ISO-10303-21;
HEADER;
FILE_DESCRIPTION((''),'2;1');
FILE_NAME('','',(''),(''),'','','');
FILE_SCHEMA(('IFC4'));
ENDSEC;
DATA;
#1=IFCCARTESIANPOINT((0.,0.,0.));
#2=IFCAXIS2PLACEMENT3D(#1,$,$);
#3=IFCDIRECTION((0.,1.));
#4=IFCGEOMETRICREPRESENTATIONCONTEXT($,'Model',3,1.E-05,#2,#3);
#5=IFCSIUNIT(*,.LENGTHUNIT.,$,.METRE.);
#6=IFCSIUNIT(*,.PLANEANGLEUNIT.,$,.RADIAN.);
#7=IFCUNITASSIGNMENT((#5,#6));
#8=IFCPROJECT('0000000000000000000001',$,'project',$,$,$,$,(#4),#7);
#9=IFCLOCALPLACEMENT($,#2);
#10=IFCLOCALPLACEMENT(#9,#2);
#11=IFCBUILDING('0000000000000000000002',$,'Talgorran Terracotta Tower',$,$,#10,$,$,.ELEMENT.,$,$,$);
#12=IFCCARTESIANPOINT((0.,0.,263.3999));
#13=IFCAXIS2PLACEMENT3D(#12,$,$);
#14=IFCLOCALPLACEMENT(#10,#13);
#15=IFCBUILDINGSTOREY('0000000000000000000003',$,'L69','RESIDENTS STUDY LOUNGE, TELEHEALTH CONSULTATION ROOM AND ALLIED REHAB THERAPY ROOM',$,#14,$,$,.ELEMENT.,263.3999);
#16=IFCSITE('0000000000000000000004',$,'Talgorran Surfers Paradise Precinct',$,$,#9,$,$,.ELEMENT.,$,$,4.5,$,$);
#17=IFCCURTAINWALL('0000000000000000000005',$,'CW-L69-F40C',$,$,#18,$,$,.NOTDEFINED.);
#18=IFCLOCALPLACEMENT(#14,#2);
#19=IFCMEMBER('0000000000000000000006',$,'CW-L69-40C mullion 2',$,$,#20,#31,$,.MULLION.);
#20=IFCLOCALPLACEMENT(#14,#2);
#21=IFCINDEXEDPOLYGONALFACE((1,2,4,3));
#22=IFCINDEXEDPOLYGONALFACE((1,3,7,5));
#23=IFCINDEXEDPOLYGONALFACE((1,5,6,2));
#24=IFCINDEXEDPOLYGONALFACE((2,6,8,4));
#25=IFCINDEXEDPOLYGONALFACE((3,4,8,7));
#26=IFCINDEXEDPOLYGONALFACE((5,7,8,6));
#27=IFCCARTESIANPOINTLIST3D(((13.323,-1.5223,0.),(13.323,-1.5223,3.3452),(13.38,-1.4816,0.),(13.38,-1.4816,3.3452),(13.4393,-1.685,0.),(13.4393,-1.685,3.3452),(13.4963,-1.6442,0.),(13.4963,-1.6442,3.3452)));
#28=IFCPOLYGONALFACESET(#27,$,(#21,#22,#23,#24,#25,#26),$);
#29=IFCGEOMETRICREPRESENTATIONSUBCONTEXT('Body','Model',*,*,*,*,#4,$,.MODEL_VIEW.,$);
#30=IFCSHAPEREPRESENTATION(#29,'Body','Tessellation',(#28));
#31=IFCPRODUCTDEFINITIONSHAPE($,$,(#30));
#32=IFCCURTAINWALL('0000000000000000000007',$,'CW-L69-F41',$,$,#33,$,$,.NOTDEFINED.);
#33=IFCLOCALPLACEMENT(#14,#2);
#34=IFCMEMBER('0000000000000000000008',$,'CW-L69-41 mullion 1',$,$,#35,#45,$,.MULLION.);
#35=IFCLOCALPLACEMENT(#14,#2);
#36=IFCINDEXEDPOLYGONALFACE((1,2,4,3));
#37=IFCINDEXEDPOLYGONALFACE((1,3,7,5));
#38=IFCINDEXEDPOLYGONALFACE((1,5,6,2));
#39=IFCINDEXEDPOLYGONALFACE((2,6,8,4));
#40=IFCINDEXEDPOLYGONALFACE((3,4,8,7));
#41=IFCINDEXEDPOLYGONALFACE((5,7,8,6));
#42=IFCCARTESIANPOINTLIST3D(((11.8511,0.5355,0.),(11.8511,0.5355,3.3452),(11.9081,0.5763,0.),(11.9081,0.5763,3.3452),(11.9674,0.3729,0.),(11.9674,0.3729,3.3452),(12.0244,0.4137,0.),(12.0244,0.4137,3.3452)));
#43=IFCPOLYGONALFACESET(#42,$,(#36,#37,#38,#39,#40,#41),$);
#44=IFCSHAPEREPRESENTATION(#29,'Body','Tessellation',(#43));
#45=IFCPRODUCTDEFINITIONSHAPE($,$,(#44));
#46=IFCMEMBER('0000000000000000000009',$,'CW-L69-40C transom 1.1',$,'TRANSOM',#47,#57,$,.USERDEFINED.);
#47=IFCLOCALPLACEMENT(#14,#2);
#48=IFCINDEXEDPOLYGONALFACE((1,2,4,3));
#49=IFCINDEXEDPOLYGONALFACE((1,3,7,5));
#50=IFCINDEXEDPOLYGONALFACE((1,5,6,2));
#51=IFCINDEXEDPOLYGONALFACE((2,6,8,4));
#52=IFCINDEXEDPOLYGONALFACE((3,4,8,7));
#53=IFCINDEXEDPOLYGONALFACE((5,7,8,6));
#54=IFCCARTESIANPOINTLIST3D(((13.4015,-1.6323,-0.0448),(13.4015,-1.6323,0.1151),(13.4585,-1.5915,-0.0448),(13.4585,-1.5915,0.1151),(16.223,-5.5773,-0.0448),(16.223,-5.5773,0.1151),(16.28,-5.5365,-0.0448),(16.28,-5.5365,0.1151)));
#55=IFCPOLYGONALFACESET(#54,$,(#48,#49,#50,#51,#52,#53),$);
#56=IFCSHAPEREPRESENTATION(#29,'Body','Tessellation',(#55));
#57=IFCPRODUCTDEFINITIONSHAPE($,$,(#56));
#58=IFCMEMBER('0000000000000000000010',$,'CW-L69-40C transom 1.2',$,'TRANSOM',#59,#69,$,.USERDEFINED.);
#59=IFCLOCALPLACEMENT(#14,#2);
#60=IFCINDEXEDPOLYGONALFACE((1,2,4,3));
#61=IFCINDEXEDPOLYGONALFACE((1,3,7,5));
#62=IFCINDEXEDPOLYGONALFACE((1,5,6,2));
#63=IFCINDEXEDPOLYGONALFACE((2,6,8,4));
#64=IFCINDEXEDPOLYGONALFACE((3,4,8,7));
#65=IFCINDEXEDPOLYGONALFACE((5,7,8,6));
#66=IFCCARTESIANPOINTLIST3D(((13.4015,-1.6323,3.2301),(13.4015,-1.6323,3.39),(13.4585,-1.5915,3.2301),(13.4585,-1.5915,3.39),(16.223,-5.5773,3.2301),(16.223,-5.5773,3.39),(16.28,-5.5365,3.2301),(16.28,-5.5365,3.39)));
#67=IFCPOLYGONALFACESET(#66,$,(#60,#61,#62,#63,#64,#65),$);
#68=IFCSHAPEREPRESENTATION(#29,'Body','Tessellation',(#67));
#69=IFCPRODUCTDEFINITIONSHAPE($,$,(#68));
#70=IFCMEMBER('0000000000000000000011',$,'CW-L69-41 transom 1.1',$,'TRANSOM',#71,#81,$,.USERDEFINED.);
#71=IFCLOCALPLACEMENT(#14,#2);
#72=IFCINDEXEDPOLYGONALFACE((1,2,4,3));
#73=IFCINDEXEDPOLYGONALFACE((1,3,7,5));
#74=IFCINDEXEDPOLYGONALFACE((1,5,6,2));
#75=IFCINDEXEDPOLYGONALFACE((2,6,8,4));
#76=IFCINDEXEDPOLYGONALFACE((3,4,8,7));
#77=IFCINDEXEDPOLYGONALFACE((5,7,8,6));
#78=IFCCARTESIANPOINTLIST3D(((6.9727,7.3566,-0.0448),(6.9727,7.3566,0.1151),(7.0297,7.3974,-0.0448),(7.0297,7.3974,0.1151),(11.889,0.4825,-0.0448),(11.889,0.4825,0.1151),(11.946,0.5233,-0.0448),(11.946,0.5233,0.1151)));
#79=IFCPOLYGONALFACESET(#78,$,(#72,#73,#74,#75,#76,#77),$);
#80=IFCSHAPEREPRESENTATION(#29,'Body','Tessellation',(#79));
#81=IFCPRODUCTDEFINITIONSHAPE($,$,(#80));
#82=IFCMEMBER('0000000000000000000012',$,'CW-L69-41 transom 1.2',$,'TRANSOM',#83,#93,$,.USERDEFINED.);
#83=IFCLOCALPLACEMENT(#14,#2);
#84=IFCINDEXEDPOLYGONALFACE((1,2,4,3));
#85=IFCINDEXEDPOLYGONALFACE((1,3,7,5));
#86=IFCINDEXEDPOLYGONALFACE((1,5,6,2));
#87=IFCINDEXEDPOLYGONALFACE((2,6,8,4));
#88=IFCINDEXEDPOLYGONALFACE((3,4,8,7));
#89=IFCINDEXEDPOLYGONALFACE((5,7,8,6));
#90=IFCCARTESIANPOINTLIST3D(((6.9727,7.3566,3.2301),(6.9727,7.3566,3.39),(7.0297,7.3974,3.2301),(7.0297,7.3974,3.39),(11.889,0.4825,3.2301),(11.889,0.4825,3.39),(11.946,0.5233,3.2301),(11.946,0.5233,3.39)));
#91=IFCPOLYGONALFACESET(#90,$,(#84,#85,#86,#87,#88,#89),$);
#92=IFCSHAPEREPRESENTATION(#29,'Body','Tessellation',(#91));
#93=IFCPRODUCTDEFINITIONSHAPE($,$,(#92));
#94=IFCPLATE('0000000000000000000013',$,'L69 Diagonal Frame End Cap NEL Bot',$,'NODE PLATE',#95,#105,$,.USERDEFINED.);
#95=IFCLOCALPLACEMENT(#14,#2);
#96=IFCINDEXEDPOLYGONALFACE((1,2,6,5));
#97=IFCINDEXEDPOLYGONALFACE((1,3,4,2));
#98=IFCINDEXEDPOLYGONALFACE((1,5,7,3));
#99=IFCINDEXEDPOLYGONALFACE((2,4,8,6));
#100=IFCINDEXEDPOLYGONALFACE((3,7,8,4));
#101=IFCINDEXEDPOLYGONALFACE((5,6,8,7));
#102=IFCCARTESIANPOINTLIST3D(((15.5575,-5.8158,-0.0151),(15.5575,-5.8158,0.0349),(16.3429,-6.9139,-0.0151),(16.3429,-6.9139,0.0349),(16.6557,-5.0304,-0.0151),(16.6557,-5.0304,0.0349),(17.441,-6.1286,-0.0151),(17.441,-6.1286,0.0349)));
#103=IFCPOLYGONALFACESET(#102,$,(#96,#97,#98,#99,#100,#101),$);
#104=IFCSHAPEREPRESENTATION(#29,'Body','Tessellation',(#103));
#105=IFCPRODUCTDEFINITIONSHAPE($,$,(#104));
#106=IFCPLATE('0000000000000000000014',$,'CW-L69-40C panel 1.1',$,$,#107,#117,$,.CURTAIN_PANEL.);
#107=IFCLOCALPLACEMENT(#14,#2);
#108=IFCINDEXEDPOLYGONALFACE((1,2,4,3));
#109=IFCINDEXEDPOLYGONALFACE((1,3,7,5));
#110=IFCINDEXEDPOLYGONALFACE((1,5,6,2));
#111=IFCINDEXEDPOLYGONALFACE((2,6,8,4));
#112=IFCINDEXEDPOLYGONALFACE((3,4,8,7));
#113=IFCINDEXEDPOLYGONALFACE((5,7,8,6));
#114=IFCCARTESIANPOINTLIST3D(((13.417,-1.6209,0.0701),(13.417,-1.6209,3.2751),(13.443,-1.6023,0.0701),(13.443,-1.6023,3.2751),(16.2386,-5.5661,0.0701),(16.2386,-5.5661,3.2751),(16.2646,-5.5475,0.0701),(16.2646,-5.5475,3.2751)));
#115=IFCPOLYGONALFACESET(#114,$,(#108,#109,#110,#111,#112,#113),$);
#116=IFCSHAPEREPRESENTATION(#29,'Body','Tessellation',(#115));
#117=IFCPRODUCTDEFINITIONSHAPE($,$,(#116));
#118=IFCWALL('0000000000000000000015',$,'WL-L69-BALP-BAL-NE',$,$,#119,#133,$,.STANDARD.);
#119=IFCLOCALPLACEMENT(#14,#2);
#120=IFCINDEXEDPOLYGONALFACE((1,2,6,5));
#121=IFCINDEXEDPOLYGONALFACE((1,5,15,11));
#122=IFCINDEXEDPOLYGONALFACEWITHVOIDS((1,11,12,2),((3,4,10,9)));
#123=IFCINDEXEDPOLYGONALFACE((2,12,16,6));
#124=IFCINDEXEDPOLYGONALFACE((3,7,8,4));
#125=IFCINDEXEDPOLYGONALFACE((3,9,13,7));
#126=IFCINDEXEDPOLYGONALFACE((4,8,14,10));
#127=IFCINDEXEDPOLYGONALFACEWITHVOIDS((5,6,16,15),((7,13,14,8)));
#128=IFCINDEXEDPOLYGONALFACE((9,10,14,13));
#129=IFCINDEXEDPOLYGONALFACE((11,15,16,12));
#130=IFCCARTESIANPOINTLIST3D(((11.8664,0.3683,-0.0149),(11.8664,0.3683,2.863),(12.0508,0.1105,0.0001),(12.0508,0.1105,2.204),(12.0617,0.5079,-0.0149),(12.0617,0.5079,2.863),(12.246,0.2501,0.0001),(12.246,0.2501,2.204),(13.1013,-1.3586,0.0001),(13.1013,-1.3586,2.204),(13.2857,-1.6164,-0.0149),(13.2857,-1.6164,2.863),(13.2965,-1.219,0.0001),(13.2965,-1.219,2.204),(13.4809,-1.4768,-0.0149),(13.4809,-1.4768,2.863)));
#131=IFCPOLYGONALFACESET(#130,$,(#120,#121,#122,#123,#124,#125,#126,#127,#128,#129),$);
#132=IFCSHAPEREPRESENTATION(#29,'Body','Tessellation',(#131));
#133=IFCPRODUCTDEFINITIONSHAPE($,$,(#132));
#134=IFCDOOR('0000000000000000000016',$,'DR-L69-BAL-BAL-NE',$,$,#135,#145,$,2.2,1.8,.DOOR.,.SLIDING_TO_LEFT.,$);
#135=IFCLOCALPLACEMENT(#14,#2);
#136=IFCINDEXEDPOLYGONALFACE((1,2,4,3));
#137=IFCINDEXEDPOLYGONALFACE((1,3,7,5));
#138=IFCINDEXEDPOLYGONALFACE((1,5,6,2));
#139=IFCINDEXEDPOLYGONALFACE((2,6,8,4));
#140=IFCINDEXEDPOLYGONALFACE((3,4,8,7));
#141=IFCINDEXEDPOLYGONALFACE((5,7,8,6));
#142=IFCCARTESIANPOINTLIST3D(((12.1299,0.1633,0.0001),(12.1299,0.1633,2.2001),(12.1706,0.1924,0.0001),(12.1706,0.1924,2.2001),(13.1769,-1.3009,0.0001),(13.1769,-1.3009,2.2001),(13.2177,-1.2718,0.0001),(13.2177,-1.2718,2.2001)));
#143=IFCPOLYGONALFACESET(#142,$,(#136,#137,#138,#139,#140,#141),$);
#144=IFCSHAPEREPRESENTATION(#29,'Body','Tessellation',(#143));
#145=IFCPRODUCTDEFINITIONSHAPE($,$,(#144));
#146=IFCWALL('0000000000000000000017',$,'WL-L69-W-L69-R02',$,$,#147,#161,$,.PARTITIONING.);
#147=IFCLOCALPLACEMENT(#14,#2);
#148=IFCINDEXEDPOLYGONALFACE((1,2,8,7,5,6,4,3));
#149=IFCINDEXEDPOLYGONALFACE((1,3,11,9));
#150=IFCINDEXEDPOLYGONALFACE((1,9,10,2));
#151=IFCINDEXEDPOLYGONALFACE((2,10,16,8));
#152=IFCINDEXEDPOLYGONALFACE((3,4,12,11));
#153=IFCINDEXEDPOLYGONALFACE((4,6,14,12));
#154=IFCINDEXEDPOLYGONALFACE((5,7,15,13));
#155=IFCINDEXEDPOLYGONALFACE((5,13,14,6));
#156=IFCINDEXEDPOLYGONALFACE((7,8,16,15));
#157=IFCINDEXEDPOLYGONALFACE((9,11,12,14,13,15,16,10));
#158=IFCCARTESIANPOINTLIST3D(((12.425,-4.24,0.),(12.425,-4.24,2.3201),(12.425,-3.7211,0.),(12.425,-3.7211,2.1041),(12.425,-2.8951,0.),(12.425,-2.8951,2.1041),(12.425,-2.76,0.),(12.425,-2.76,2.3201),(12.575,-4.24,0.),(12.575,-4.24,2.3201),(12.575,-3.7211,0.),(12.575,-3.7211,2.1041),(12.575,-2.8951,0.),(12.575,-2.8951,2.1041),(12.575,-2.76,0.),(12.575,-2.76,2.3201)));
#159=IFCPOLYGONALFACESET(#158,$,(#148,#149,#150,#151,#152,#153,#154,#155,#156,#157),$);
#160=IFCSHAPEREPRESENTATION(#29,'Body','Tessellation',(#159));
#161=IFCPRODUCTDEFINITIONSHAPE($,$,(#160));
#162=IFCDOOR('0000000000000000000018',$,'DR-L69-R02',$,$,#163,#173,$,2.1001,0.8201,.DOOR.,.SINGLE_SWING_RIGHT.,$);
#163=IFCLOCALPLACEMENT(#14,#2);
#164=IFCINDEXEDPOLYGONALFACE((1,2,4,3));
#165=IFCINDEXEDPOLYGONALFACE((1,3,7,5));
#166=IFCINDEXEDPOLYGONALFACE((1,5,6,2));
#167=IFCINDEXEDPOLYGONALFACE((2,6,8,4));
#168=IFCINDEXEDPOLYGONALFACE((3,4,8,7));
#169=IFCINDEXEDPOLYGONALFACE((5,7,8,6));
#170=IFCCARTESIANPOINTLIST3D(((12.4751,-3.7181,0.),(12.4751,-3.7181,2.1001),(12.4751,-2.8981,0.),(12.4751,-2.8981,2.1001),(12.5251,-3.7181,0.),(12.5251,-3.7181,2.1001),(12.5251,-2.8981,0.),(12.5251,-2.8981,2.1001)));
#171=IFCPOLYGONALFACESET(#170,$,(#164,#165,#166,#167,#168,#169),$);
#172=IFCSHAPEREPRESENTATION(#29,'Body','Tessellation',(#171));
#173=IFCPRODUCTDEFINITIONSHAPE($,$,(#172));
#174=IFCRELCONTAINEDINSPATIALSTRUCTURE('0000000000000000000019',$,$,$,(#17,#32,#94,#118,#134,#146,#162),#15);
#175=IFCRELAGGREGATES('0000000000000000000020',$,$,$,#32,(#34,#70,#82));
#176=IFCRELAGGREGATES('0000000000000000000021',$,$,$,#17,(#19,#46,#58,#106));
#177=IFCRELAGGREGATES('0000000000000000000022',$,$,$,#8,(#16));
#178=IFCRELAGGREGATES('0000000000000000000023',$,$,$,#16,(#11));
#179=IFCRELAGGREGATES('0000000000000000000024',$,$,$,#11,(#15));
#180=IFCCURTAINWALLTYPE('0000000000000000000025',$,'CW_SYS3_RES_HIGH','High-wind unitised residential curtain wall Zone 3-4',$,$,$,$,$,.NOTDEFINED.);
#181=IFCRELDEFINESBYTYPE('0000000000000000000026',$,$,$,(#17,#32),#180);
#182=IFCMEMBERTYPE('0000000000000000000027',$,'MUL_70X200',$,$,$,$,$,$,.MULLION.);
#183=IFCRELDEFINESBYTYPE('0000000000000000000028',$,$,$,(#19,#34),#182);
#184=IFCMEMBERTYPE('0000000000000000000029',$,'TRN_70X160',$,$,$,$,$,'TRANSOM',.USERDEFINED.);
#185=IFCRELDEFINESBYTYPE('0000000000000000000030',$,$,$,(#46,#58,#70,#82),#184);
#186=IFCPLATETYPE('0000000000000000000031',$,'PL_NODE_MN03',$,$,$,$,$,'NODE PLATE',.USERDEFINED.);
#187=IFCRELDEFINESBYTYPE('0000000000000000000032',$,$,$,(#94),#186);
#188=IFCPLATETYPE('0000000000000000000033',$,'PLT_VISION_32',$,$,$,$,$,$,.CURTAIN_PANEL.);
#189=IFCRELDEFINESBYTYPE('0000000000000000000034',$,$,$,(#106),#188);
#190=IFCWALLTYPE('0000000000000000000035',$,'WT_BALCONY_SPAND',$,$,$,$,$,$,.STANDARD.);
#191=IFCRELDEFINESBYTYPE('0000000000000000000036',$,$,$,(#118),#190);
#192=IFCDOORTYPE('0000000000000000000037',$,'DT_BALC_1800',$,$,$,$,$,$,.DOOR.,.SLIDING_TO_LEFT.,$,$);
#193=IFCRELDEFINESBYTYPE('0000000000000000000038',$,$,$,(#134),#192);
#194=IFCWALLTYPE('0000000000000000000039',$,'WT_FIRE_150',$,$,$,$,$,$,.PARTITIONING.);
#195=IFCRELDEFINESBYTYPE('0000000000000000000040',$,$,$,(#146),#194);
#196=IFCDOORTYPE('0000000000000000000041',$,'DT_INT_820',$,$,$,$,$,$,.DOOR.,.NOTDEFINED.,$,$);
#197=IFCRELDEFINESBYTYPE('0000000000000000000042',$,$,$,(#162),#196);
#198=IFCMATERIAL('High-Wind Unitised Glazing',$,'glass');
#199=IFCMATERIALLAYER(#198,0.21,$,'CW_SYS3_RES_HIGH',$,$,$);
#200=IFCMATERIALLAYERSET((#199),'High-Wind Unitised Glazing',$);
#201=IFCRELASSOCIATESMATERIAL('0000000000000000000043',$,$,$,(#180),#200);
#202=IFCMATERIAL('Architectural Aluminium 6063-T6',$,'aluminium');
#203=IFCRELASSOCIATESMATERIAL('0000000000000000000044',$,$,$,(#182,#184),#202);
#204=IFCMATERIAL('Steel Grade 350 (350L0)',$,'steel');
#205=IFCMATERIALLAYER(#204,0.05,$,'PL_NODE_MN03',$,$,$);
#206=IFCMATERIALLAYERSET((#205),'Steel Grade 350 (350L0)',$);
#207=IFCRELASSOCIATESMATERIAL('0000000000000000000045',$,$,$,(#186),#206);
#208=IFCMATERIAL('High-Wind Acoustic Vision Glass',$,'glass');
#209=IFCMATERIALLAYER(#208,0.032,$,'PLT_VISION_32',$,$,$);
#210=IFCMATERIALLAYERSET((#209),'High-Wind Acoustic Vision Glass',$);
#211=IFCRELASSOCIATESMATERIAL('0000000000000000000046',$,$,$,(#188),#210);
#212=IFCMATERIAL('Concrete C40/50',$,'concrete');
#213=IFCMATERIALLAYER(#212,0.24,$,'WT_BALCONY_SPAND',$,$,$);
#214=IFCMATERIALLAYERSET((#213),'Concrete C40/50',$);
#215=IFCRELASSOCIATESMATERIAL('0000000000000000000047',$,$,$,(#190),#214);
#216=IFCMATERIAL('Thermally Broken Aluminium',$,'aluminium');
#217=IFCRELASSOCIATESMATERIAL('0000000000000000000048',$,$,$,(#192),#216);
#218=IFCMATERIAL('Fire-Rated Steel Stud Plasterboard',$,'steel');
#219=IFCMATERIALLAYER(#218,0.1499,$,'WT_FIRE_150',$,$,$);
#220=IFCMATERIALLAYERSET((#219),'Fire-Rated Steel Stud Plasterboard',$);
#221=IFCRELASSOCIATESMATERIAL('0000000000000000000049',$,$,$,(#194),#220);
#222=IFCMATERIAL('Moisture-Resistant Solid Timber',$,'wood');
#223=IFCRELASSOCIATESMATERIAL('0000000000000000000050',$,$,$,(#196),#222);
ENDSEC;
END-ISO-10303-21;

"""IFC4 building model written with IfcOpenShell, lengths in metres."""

from ifc_helpers import new_model, si_unit, direction, frame, frame_2d, origin, origin_2d, place, context, subcontext, project, spatial, rectangle, extrude, source, transform, mapped, material, layer, layer_set, material_profile, profile_set, type_object, type_shapes, element, fill, aggregate, save


model = new_model("IFC4")

# Units and contexts
model_context = context("Model", 3, precision=1e-05, world=origin(), true_north=direction((0.0, 1.0)))
body_context = subcontext(model_context, "Body", "Model", "MODEL_VIEW")
ifc_project = project(units=[si_unit("LENGTHUNIT", "METRE"), si_unit("PLANEANGLEUNIT", "RADIAN")], contexts=[model_context])

# Site, building, storey
site_placement = place(None, origin())
site = spatial("IfcSite", under=ifc_project, at=site_placement, Name="Talgorran Surfers Paradise Precinct", CompositionType="ELEMENT", RefElevation=4.5)
building_placement = place(site_placement, origin())
building = spatial("IfcBuilding", under=site, at=building_placement, Name="Talgorran Terracotta Tower", CompositionType="ELEMENT")
storey_placement = place(building_placement, frame((0.0, 0.0, 263.3999)))
storey = spatial("IfcBuildingStorey", under=building, at=storey_placement, Name="L69", Description="RESIDENTS STUDY LOUNGE, TELEHEALTH CONSULTATION ROOM AND ALLIED REHAB THERAPY ROOM", CompositionType="ELEMENT", Elevation=263.3999)

# Shared definitions
ifc_material_1 = material(Name="Steel Grade 350 (350L0)", Category="steel")

# Shared definitions
ifc_material_2 = material(Name="High-Wind Unitised Glazing", Category="glass")
ifc_layer_1 = layer(ifc_material_2, 0.21, Name="CW_SYS3_RES_HIGH")
ifc_layer_set_1 = layer_set([ifc_layer_1], Name="High-Wind Unitised Glazing")
curtain_wall_type = type_object("IfcCurtainWallType", Name="CW_SYS3_RES_HIGH", Description="High-wind unitised residential curtain wall Zone 3-4", PredefinedType="NOTDEFINED", material=ifc_layer_set_1)
ifc_material_3 = material(Name="Architectural Aluminium 6063-T6", Category="aluminium")
ifc_material_profile_1 = material_profile(ifc_material_3, rectangle(XDim=0.0701, YDim=0.2, at=origin_2d()), Name="CWM70X200")
ifc_profile_set_1 = profile_set([ifc_material_profile_1], Name="Architectural Aluminium 6063-T6")
member_type_1 = type_object("IfcMemberType", Name="MUL_70X200", PredefinedType="MULLION", material=ifc_profile_set_1)

# Curtain wall, member
curtain_wall_1_placement = place(storey_placement, origin())
curtain_wall_1 = element("IfcCurtainWall", 1, at=curtain_wall_1_placement, inside=storey, type_object=curtain_wall_type, Name="CW-L69-F40C", PredefinedType="NOTDEFINED")
member_1_placement = place(storey_placement, frame((13.4097, -1.5833, 0.0), z_axis=(0.0, 0.0, 1.0), x_axis=(-0.813379, -0.581735, 0.0)))
member_1 = element("IfcMember", 2, at=member_1_placement, type_object=member_type_1, Name="CW-L69-40C mullion 2", PredefinedType="MULLION", context=body_context, shape_type="SweptSolid", body=[
    extrude(rectangle(XDim=0.0701, YDim=0.2, at=origin_2d()), origin(), (0.0, 0.0, 1.0), 3.3452),
])

# Curtain wall, member
curtain_wall_2_placement = place(storey_placement, origin())
curtain_wall_2 = element("IfcCurtainWall", 3, at=curtain_wall_2_placement, inside=storey, type_object=curtain_wall_type, Name="CW-L69-F41", PredefinedType="NOTDEFINED")
member_2_placement = place(storey_placement, frame((11.9377, 0.4746, 0.0), z_axis=(0.0, 0.0, 1.0), x_axis=(-0.813382, -0.58173, 0.0)))
member_2 = element("IfcMember", 4, at=member_2_placement, type_object=member_type_1, Name="CW-L69-41 mullion 1", PredefinedType="MULLION", context=body_context, shape_type="SweptSolid", body=[
    extrude(rectangle(XDim=0.0701, YDim=0.2, at=origin_2d()), origin(), (0.0, 0.0, 1.0), 3.3452),
])

# Members
ifc_material_profile_2 = material_profile(ifc_material_3, rectangle(XDim=0.0701, YDim=0.1599, at=origin_2d()), Name="CWT70X160")
ifc_profile_set_2 = profile_set([ifc_material_profile_2], Name="Architectural Aluminium 6063-T6")
member_type_2 = type_object("IfcMemberType", Name="TRN_70X160", ElementType="TRANSOM", PredefinedType="USERDEFINED", material=ifc_profile_set_2)
member_3_placement = place(storey_placement, frame((16.2515, -5.5569, 0.0352), z_axis=(-0.581733, 0.81338, 0.0), x_axis=(-0.81338, -0.581733, 0.0)))
member_3 = element("IfcMember", 5, at=member_3_placement, type_object=member_type_2, Name="CW-L69-40C transom 1.1", ObjectType="TRANSOM", PredefinedType="USERDEFINED", context=body_context, shape_type="SweptSolid", body=[
    extrude(rectangle(XDim=0.0701, YDim=0.1599, at=origin_2d()), origin(), (0.0, 0.0, 1.0), 4.8501),
])
member_4_placement = place(storey_placement, frame((16.2515, -5.5569, 3.3101), z_axis=(-0.581733, 0.81338, 0.0), x_axis=(-0.81338, -0.581733, 0.0)))
member_4 = element("IfcMember", 6, at=member_4_placement, type_object=member_type_2, Name="CW-L69-40C transom 1.2", ObjectType="TRANSOM", PredefinedType="USERDEFINED", context=body_context, shape_type="SweptSolid", body=[
    extrude(rectangle(XDim=0.0701, YDim=0.1599, at=origin_2d()), origin(), (0.0, 0.0, 1.0), 4.8501),
])
member_5_placement = place(storey_placement, frame((11.9175, 0.5029, 0.0352), z_axis=(-0.581727, 0.813384, 0.0), x_axis=(-0.813384, -0.581727, 0.0)))
member_5 = element("IfcMember", 7, at=member_5_placement, type_object=member_type_2, Name="CW-L69-41 transom 1.1", ObjectType="TRANSOM", PredefinedType="USERDEFINED", context=body_context, shape_type="SweptSolid", body=[
    extrude(rectangle(XDim=0.0701, YDim=0.1599, at=origin_2d()), origin(), (0.0, 0.0, 1.0), 8.4512),
])
member_6_placement = place(storey_placement, frame((11.9175, 0.5029, 3.3101), z_axis=(-0.581727, 0.813384, 0.0), x_axis=(-0.813384, -0.581727, 0.0)))
member_6 = element("IfcMember", 8, at=member_6_placement, type_object=member_type_2, Name="CW-L69-41 transom 1.2", ObjectType="TRANSOM", PredefinedType="USERDEFINED", context=body_context, shape_type="SweptSolid", body=[
    extrude(rectangle(XDim=0.0701, YDim=0.1599, at=origin_2d()), origin(), (0.0, 0.0, 1.0), 8.4512),
])
aggregate(curtain_wall_2, [member_2, member_5, member_6])

# Plates
ifc_layer_2 = layer(ifc_material_1, 0.05, Name="PL_NODE_MN03")
ifc_layer_set_2 = layer_set([ifc_layer_2], Name="Steel Grade 350 (350L0)")
plate_type_1 = type_object("IfcPlateType", Name="PL_NODE_MN03", ElementType="NODE PLATE", PredefinedType="USERDEFINED", material=ifc_layer_set_2)
plate_1_placement = place(storey_placement, frame((16.4993, -5.9722, -0.0151), z_axis=(0.0, 0.0, 1.0), x_axis=(0.581697, -0.813405, 0.0)))
element("IfcPlate", 9, at=plate_1_placement, inside=storey, type_object=plate_type_1, Name="L69 Diagonal Frame End Cap NEL Bot", ObjectType="NODE PLATE", PredefinedType="USERDEFINED", context=body_context, shape_type="SweptSolid", body=[
    extrude(rectangle(XDim=1.3501, YDim=1.3501, at=origin_2d()), origin(), (0.0, 0.0, 1.0), 0.05),
])
ifc_material_4 = material(Name="High-Wind Acoustic Vision Glass", Category="glass")
ifc_layer_3 = layer(ifc_material_4, 0.032, Name="PLT_VISION_32")
ifc_layer_set_3 = layer_set([ifc_layer_3], Name="High-Wind Acoustic Vision Glass")
plate_type_2 = type_object("IfcPlateType", Name="PLT_VISION_32", PredefinedType="CURTAIN_PANEL", material=ifc_layer_set_3)
shared_shape = source(origin(), body_context, "Body", "SweptSolid", [
    extrude(rectangle(XDim=4.8503, YDim=0.032, at=origin_2d()), origin(), (0.0, 0.0, 1.0), 3.2051),
])
type_shapes(plate_type_2, [shared_shape])
plate_2_placement = place(storey_placement, frame((14.8408, -3.5842, 0.0701), z_axis=(0.0, 0.0, 1.0), x_axis=(-0.581735, 0.813379, 0.0)))
plate_2 = element("IfcPlate", 10, at=plate_2_placement, type_object=plate_type_2, Name="CW-L69-40C panel 1.1", PredefinedType="CURTAIN_PANEL", context=body_context, shape_type="MappedRepresentation", body=[
    mapped(shared_shape, transform((0.0, 0.0, 0.0), scale=1.0)),
])
aggregate(curtain_wall_1, [member_1, member_3, member_4, plate_2])

# Walls, openings, doors
ifc_material_5 = material(Name="Concrete C40/50", Category="concrete")
ifc_layer_4 = layer(ifc_material_5, 0.24, Name="WT_BALCONY_SPAND")
ifc_layer_set_4 = layer_set([ifc_layer_4], Name="Concrete C40/50")
wall_type_1 = type_object("IfcWallType", Name="WT_BALCONY_SPAND", PredefinedType="STANDARD", material=ifc_layer_set_4)
wall_1_placement = place(storey_placement, frame((13.3833, -1.5466, -0.0149), z_axis=(0.0, 0.0, 1.0), x_axis=(-0.581674, 0.813422, 0.0)))
wall_1 = element("IfcWall", 11, at=wall_1_placement, inside=storey, type_object=wall_type_1, Name="WL-L69-BALP-BAL-NE", PredefinedType="STANDARD", context=body_context, shape_type="SweptSolid", body=[
    extrude(rectangle(XDim=2.4399, YDim=0.24, at=frame_2d((1.22, 0.0))), origin(), (0.0, 0.0, 1.0), 2.8779),
])
opening_1_placement = place(wall_1_placement, frame((0.3201, 0.0, 0.0149)))
opening_1 = element("IfcOpeningElement", 12, at=opening_1_placement, cuts=wall_1, PredefinedType="OPENING", context=body_context, shape_type="SweptSolid", body=[
    extrude(rectangle(XDim=1.806, YDim=2.204, at=frame_2d((0.8999, 1.1021))), frame((0.0, 0.1299, 0.0), z_axis=(0.0, -1.0, 0.0), x_axis=(1.0, 0.0, 0.0)), (0.0, 0.0, 1.0), 0.26),
])
ifc_material_6 = material(Name="Thermally Broken Aluminium", Category="aluminium")
door_type_1 = type_object("IfcDoorType", Name="DT_BALC_1800", OperationType="SLIDING_TO_LEFT", PredefinedType="DOOR", material=ifc_material_6)
door_1_placement = place(opening_1_placement, origin())
door_1 = element("IfcDoor", 13, at=door_1_placement, inside=storey, type_object=door_type_1, Name="DR-L69-BAL-BAL-NE", OperationType="SLIDING_TO_LEFT", OverallHeight=2.2, OverallWidth=1.8, PredefinedType="DOOR", context=body_context, shape_type="SweptSolid", body=[
    extrude(rectangle(XDim=1.8, YDim=2.2, at=frame_2d((0.8999, 1.1001))), frame((0.0, 0.0249, 0.0), z_axis=(0.0, -1.0, 0.0), x_axis=(1.0, 0.0, 0.0)), (0.0, 0.0, 1.0), 0.05),
])
fill(opening_1, door_1)
ifc_material_7 = material(Name="Fire-Rated Steel Stud Plasterboard", Category="steel")
ifc_layer_5 = layer(ifc_material_7, 0.1499, Name="WT_FIRE_150")
ifc_layer_set_5 = layer_set([ifc_layer_5], Name="Fire-Rated Steel Stud Plasterboard")
wall_type_2 = type_object("IfcWallType", Name="WT_FIRE_150", PredefinedType="PARTITIONING", material=ifc_layer_set_5)
wall_2_placement = place(storey_placement, frame((12.5, -4.24, 0.0), z_axis=(0.0, 0.0, 1.0), x_axis=(0.0, 1.0, 0.0)))
wall_2 = element("IfcWall", 14, at=wall_2_placement, inside=storey, type_object=wall_type_2, Name="WL-L69-W-L69-R02", PredefinedType="PARTITIONING", context=body_context, shape_type="SweptSolid", body=[
    extrude(rectangle(XDim=1.48, YDim=0.1499, at=frame_2d((0.74, 0.0))), origin(), (0.0, 0.0, 1.0), 2.3201),
])
opening_2_placement = place(wall_2_placement, frame((0.5217, 0.0, 0.0)))
opening_2 = element("IfcOpeningElement", 15, at=opening_2_placement, cuts=wall_2, PredefinedType="OPENING", context=body_context, shape_type="SweptSolid", body=[
    extrude(rectangle(XDim=0.8261, YDim=2.1041, at=frame_2d((0.4102, 1.052))), frame((0.0, 0.085, 0.0), z_axis=(0.0, -1.0, 0.0), x_axis=(1.0, 0.0, 0.0)), (0.0, 0.0, 1.0), 0.1699),
])
ifc_material_8 = material(Name="Moisture-Resistant Solid Timber", Category="wood")
door_type_2 = type_object("IfcDoorType", Name="DT_INT_820", OperationType="NOTDEFINED", PredefinedType="DOOR", material=ifc_material_8)
door_2_placement = place(opening_2_placement, origin())
door_2 = element("IfcDoor", 16, at=door_2_placement, inside=storey, type_object=door_type_2, Name="DR-L69-R02", OperationType="SINGLE_SWING_RIGHT", OverallHeight=2.1001, OverallWidth=0.8201, PredefinedType="DOOR", context=body_context, shape_type="SweptSolid", body=[
    extrude(rectangle(XDim=0.8201, YDim=2.1001, at=frame_2d((0.4102, 1.05))), frame((0.0, 0.0249, 0.0), z_axis=(0.0, -1.0, 0.0), x_axis=(1.0, 0.0, 0.0)), (0.0, 0.0, 1.0), 0.05),
])
fill(opening_2, door_2)

save(model, "model.ifc")
